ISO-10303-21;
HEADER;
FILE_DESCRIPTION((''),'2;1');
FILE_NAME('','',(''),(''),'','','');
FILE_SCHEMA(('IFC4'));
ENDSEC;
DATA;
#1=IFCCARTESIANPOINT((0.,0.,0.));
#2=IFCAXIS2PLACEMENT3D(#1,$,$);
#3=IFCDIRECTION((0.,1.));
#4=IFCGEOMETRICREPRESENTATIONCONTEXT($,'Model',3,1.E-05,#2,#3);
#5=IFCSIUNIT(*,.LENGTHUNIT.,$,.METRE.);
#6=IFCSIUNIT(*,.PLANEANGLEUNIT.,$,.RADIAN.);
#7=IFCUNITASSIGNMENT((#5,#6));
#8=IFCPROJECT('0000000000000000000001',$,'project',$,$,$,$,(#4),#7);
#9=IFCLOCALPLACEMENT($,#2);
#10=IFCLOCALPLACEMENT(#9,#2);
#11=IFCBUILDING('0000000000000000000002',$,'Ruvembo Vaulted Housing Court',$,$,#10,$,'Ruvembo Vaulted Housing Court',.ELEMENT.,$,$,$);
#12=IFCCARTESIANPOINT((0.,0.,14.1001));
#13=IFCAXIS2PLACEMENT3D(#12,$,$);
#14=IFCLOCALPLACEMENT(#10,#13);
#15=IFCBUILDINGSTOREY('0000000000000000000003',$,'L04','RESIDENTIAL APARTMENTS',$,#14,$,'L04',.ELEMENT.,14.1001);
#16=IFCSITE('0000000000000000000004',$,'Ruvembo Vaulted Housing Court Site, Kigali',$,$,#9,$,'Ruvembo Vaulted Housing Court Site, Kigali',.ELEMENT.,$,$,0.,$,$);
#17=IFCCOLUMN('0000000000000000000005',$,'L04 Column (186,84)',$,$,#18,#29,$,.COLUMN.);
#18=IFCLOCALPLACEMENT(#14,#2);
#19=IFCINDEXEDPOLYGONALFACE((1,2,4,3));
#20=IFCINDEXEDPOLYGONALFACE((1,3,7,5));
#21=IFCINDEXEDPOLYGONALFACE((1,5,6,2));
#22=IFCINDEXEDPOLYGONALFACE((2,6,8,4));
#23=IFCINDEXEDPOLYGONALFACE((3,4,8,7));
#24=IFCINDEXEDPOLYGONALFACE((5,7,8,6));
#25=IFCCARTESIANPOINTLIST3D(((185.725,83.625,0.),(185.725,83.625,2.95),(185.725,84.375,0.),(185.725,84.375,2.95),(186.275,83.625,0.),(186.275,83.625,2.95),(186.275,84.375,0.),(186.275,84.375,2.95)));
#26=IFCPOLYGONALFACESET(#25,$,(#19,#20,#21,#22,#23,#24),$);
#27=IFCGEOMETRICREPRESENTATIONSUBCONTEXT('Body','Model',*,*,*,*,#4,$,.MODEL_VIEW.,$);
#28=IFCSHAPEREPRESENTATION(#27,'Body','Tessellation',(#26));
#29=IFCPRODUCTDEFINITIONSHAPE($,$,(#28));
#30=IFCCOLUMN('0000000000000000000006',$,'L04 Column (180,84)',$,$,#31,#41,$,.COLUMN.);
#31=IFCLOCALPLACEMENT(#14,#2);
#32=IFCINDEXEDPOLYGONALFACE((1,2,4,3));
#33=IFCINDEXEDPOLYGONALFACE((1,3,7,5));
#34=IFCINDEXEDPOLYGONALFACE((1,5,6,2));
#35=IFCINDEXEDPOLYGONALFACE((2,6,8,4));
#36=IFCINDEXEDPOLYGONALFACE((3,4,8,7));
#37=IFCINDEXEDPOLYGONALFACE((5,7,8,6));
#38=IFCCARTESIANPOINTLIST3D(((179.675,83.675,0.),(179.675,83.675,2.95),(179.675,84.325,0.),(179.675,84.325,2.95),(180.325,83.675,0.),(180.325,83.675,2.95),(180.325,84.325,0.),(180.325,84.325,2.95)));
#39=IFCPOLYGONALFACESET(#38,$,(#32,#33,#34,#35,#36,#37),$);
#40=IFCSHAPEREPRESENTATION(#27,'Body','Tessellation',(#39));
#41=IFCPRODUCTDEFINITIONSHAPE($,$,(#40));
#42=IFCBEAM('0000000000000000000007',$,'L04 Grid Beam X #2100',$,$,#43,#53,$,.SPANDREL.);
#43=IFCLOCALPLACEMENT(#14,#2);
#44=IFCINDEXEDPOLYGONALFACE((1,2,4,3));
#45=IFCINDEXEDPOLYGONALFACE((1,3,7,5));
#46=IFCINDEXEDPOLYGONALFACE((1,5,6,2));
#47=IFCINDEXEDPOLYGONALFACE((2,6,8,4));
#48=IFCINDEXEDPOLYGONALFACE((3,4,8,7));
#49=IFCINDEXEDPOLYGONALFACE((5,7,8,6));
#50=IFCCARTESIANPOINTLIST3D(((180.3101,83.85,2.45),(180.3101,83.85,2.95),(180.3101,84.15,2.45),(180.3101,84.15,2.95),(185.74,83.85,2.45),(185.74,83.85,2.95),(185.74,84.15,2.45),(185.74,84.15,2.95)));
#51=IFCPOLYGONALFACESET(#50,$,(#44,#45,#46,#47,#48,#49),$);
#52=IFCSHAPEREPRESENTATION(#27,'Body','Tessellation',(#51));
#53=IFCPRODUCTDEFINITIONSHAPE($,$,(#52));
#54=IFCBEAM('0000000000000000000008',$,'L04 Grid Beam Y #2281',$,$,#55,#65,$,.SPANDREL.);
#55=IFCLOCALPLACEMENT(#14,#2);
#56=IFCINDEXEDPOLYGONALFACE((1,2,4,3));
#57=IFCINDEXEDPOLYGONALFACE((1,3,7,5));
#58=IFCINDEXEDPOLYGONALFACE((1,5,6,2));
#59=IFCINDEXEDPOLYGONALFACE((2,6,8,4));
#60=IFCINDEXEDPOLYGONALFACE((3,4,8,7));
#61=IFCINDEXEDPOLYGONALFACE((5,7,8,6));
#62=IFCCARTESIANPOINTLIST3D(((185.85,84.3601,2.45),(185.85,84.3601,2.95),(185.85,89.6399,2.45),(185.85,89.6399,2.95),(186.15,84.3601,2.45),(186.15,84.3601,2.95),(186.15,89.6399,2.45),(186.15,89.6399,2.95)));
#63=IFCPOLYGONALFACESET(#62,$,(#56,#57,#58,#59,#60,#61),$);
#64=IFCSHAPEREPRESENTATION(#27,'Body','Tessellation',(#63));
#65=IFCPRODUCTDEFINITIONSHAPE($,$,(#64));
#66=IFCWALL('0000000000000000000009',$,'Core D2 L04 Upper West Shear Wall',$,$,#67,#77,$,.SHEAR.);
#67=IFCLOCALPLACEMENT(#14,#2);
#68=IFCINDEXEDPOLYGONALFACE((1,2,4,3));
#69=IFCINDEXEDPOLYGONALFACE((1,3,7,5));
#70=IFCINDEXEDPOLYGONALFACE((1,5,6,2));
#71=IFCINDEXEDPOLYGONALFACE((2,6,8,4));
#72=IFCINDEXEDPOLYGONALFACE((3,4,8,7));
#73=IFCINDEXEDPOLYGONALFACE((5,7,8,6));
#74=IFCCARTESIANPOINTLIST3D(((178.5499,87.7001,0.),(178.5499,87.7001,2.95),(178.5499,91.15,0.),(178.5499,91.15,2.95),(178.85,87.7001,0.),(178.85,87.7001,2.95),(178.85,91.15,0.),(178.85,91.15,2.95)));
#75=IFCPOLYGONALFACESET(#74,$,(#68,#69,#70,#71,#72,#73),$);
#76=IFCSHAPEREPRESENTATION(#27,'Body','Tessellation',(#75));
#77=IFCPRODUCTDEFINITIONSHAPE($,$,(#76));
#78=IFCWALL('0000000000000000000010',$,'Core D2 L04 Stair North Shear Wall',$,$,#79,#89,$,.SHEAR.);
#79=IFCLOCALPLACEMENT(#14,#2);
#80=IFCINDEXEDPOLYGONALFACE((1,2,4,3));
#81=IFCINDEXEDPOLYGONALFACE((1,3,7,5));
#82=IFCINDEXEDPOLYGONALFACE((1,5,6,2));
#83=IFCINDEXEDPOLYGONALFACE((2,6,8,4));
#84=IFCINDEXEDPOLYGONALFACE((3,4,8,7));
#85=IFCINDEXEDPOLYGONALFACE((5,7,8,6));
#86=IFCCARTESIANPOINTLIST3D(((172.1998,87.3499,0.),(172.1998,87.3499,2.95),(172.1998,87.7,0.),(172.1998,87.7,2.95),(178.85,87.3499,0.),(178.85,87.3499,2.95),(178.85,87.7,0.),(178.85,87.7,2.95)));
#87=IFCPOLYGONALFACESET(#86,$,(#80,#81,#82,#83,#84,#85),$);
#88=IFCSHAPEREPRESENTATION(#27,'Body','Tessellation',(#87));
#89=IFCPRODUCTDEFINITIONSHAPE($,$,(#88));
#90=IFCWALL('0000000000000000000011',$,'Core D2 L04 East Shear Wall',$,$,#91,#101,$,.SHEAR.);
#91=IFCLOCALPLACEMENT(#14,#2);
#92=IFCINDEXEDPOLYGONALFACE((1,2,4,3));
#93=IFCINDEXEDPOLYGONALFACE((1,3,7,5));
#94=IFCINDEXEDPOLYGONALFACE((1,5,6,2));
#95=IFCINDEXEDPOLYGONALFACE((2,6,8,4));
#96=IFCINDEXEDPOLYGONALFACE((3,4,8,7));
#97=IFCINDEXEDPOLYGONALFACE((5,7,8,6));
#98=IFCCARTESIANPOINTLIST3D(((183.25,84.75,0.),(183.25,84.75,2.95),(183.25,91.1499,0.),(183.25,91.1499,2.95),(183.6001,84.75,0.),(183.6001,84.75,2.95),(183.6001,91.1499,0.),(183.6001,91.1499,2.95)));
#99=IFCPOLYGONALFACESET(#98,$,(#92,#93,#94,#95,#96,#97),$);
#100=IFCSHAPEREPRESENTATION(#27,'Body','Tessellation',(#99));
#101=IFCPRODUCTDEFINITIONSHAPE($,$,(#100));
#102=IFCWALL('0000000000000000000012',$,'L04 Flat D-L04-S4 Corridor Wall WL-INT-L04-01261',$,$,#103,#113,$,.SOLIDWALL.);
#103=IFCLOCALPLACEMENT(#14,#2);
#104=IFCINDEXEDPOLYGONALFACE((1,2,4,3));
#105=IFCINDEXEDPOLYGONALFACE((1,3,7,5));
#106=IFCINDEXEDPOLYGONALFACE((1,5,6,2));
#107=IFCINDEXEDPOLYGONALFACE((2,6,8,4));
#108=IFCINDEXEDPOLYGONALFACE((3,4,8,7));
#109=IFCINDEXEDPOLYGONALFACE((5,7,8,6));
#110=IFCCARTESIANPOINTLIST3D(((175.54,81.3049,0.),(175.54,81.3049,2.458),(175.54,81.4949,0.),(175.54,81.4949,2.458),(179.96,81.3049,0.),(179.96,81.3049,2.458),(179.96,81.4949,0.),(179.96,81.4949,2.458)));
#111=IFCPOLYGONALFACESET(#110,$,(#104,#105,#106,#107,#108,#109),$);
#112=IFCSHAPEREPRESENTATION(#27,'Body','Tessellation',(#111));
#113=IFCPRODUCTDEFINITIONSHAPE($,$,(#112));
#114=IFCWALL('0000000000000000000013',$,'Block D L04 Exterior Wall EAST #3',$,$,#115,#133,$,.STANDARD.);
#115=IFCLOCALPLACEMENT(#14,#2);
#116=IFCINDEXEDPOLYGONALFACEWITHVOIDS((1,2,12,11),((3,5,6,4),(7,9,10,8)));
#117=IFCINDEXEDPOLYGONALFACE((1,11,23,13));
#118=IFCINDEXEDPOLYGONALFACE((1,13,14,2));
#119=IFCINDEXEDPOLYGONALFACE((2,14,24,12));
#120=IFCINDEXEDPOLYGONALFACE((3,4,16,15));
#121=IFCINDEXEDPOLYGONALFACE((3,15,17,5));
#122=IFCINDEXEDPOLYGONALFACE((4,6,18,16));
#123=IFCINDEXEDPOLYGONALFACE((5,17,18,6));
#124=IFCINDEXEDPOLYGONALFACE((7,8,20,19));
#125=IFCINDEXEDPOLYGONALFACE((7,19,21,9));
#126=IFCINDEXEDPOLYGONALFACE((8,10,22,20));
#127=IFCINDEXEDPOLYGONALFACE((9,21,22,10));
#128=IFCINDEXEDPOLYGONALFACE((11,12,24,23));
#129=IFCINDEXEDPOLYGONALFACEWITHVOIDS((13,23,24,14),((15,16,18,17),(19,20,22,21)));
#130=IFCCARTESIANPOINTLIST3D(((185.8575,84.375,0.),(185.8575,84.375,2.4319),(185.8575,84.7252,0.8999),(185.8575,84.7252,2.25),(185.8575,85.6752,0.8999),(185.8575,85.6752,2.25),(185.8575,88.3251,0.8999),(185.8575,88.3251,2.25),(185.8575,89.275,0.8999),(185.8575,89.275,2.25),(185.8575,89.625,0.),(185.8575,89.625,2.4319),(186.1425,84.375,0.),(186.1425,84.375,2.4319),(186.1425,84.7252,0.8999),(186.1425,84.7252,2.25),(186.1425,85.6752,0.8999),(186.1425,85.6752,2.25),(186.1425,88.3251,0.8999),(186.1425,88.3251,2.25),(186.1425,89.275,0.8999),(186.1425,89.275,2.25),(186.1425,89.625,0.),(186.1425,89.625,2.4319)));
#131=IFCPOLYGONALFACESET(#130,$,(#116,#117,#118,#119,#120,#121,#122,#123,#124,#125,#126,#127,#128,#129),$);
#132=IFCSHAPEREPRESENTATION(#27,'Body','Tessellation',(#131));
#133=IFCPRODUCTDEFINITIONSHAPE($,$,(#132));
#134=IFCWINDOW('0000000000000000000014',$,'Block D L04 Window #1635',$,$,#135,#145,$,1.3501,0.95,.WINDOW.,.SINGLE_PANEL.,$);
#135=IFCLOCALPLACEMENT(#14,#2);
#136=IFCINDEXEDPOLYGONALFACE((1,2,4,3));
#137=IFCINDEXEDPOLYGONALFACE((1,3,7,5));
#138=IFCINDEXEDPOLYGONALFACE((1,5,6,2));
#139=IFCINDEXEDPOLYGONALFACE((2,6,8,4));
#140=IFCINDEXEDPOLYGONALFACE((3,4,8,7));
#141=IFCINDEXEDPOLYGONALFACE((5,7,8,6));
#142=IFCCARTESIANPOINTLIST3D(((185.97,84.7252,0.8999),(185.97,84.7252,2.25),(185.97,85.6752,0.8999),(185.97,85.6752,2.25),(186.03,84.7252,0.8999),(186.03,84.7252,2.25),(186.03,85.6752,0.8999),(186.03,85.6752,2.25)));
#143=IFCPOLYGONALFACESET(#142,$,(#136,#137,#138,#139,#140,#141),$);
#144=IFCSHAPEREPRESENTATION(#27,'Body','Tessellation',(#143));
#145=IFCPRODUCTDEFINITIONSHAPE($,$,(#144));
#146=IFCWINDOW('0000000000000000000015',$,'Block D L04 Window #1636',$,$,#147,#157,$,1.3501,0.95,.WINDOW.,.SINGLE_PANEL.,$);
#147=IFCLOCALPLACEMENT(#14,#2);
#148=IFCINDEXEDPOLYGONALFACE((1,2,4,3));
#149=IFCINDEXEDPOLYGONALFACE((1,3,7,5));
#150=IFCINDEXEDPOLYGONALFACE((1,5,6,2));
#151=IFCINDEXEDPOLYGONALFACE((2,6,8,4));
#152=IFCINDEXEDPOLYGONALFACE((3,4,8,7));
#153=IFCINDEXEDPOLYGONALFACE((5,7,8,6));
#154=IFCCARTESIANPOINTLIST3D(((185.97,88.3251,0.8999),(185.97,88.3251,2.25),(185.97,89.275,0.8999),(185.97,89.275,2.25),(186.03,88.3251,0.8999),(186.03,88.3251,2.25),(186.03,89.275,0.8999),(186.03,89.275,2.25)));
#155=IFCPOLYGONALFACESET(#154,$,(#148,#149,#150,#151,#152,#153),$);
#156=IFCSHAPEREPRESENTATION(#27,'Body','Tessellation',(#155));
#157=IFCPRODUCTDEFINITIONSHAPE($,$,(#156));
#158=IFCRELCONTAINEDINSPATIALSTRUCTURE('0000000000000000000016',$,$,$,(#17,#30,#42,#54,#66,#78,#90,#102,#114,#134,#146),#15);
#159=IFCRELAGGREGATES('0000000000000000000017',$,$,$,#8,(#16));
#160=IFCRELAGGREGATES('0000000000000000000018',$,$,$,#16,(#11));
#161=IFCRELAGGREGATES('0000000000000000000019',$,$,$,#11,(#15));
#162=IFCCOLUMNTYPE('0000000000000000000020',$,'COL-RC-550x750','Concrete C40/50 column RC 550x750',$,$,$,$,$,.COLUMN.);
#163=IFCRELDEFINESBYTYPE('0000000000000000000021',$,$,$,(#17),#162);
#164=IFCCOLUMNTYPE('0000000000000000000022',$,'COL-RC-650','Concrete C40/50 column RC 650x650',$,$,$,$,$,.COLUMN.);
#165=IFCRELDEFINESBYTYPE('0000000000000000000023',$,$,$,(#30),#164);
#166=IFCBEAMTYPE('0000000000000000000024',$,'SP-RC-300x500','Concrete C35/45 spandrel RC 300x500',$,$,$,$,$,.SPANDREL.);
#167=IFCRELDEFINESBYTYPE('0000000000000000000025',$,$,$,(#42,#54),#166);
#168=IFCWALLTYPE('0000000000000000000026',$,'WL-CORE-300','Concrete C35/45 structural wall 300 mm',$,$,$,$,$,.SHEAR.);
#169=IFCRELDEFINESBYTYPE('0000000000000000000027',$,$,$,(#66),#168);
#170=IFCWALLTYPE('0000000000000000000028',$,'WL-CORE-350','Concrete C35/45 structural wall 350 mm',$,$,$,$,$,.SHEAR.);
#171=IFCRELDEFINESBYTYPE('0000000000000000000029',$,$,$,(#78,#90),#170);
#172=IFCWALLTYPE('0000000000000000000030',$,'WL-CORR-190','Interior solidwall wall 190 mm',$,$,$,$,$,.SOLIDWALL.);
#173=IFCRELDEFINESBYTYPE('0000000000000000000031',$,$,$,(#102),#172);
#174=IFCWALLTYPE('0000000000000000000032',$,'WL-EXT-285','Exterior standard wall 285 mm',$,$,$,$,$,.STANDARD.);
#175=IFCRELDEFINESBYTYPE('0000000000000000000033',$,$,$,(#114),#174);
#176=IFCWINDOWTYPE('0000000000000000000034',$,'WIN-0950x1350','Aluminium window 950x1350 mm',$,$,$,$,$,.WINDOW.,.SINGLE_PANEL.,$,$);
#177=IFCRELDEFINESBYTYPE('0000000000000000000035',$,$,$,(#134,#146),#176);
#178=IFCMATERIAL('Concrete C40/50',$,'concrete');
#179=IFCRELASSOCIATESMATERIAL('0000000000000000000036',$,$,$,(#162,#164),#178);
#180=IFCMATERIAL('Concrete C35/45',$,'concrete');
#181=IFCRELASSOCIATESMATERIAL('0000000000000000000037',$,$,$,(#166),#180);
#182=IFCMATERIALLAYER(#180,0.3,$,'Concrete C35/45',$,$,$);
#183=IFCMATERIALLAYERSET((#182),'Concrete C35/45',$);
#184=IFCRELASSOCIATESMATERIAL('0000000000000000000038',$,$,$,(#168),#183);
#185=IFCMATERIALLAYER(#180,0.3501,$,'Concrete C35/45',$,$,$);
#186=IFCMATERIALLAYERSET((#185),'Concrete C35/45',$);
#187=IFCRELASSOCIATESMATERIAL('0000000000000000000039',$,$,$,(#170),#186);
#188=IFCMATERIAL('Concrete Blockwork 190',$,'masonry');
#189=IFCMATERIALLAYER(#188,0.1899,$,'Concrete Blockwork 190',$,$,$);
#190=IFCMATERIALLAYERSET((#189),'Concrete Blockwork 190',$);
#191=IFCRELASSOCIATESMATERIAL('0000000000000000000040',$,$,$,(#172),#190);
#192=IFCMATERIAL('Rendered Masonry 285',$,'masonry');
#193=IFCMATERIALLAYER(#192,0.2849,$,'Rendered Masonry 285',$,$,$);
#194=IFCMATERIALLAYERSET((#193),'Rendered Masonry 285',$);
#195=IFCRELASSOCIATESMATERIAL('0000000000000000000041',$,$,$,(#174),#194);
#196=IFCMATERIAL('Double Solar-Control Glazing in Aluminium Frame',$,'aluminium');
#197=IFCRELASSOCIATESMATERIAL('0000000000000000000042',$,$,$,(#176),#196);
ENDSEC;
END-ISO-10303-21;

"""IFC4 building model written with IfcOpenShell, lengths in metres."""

from ifc_helpers import new_model, si_unit, direction, frame, frame_2d, origin, origin_2d, place, context, subcontext, project, spatial, rectangle, extrude, material, layer, layer_set, material_profile, profile_set, type_object, element, fill, save


model = new_model("IFC4")

# Units and contexts
model_context = context("Model", 3, precision=1e-05, world=origin(), true_north=direction((0.0, 1.0)))
body_context = subcontext(model_context, "Body", "Model", "MODEL_VIEW")
ifc_project = project(units=[si_unit("LENGTHUNIT", "METRE"), si_unit("PLANEANGLEUNIT", "RADIAN")], contexts=[model_context])

# Site, building, storey
site_placement = place(None, origin())
site = spatial("IfcSite", under=ifc_project, at=site_placement, Name="Ruvembo Vaulted Housing Court Site, Kigali", LongName="Ruvembo Vaulted Housing Court Site, Kigali", CompositionType="ELEMENT", RefElevation=0.0)
building_placement = place(site_placement, origin())
building = spatial("IfcBuilding", under=site, at=building_placement, Name="Ruvembo Vaulted Housing Court", LongName="Ruvembo Vaulted Housing Court", CompositionType="ELEMENT")
storey_placement = place(building_placement, frame((0.0, 0.0, 14.1001)))
storey = spatial("IfcBuildingStorey", under=building, at=storey_placement, Name="L04", Description="RESIDENTIAL APARTMENTS", LongName="L04", CompositionType="ELEMENT", Elevation=14.1001)

# Columns
ifc_material_1 = material(Name="Concrete C40/50", Category="concrete")
ifc_material_profile_1 = material_profile(ifc_material_1, rectangle(XDim=0.55, YDim=0.75, at=origin_2d()), Name="RC 550x750")
ifc_profile_set_1 = profile_set([ifc_material_profile_1], Name="Concrete C40/50")
column_type_1 = type_object("IfcColumnType", Name="COL-RC-550x750", Description="Concrete C40/50 column RC 550x750", PredefinedType="COLUMN", material=ifc_profile_set_1)
column_1_placement = place(storey_placement, frame((186.0, 84.0, 0.0), z_axis=(0.0, 0.0, 1.0), x_axis=(1.0, 0.0, 0.0)))
element("IfcColumn", 1, at=column_1_placement, inside=storey, type_object=column_type_1, Name="L04 Column (186,84)", PredefinedType="COLUMN", context=body_context, shape_type="SweptSolid", body=[
    extrude(rectangle(XDim=0.55, YDim=0.75, at=origin_2d()), origin(), (0.0, 0.0, 1.0), 2.95),
])
ifc_material_profile_2 = material_profile(ifc_material_1, rectangle(XDim=0.6499, YDim=0.6499, at=origin_2d()), Name="RC 650x650")
ifc_profile_set_2 = profile_set([ifc_material_profile_2], Name="Concrete C40/50")
column_type_2 = type_object("IfcColumnType", Name="COL-RC-650", Description="Concrete C40/50 column RC 650x650", PredefinedType="COLUMN", material=ifc_profile_set_2)
column_2_placement = place(storey_placement, frame((180.0, 84.0, 0.0), z_axis=(0.0, 0.0, 1.0), x_axis=(1.0, 0.0, 0.0)))
element("IfcColumn", 2, at=column_2_placement, inside=storey, type_object=column_type_2, Name="L04 Column (180,84)", PredefinedType="COLUMN", context=body_context, shape_type="SweptSolid", body=[
    extrude(rectangle(XDim=0.6499, YDim=0.6499, at=origin_2d()), origin(), (0.0, 0.0, 1.0), 2.95),
])

# Beams
ifc_material_2 = material(Name="Concrete C35/45", Category="concrete")
ifc_material_profile_3 = material_profile(ifc_material_2, rectangle(XDim=0.3, YDim=0.5, at=origin_2d()), Name="RC 300x500")
ifc_profile_set_3 = profile_set([ifc_material_profile_3], Name="Concrete C35/45")
beam_type = type_object("IfcBeamType", Name="SP-RC-300x500", Description="Concrete C35/45 spandrel RC 300x500", PredefinedType="SPANDREL", material=ifc_profile_set_3)
beam_1_placement = place(storey_placement, frame((180.3101, 84.0, 2.7), z_axis=(1.0, 0.0, 0.0), x_axis=(0.0, 1.0, 0.0)))
element("IfcBeam", 3, at=beam_1_placement, inside=storey, type_object=beam_type, Name="L04 Grid Beam X #2100", PredefinedType="SPANDREL", context=body_context, shape_type="SweptSolid", body=[
    extrude(rectangle(XDim=0.3, YDim=0.5, at=origin_2d()), origin(), (0.0, 0.0, 1.0), 5.4299),
])
beam_2_placement = place(storey_placement, frame((186.0, 84.3601, 2.7), z_axis=(0.0, 1.0, 0.0), x_axis=(-1.0, 0.0, 0.0)))
element("IfcBeam", 4, at=beam_2_placement, inside=storey, type_object=beam_type, Name="L04 Grid Beam Y #2281", PredefinedType="SPANDREL", context=body_context, shape_type="SweptSolid", body=[
    extrude(rectangle(XDim=0.3, YDim=0.5, at=origin_2d()), origin(), (0.0, 0.0, 1.0), 5.2798),
])

# Shared definitions
ifc_layer_1 = layer(ifc_material_2, 0.3, Name="Concrete C35/45")
ifc_layer_set_1 = layer_set([ifc_layer_1], Name="Concrete C35/45")
wall_type_1 = type_object("IfcWallType", Name="WL-CORE-300", Description="Concrete C35/45 structural wall 300 mm", PredefinedType="SHEAR", material=ifc_layer_set_1)

# Walls
wall_1_placement = place(storey_placement, frame((178.7, 87.7, 0.0), z_axis=(0.0, 0.0, 1.0), x_axis=(0.0, 1.0, 0.0)))
element("IfcWall", 5, at=wall_1_placement, inside=storey, type_object=wall_type_1, Name="Core D2 L04 Upper West Shear Wall", PredefinedType="SHEAR", context=body_context, shape_type="SweptSolid", body=[
    extrude(rectangle(XDim=3.45, YDim=0.3, at=frame_2d((1.7251, 0.0))), origin(), (0.0, 0.0, 1.0), 2.95),
])
ifc_layer_2 = layer(ifc_material_2, 0.3501, Name="Concrete C35/45")
ifc_layer_set_2 = layer_set([ifc_layer_2], Name="Concrete C35/45")
wall_type_2 = type_object("IfcWallType", Name="WL-CORE-350", Description="Concrete C35/45 structural wall 350 mm", PredefinedType="SHEAR", material=ifc_layer_set_2)
wall_2_placement = place(storey_placement, frame((178.8501, 87.5249, 0.0), z_axis=(0.0, 0.0, 1.0), x_axis=(-1.0, 0.0, 0.0)))
element("IfcWall", 6, at=wall_2_placement, inside=storey, type_object=wall_type_2, Name="Core D2 L04 Stair North Shear Wall", PredefinedType="SHEAR", context=body_context, shape_type="SweptSolid", body=[
    extrude(rectangle(XDim=6.6501, YDim=0.3501, at=frame_2d((3.3252, 0.0))), origin(), (0.0, 0.0, 1.0), 2.95),
])
wall_3_placement = place(storey_placement, frame((183.425, 84.75, 0.0), z_axis=(0.0, 0.0, 1.0), x_axis=(0.0, 1.0, 0.0)))
element("IfcWall", 7, at=wall_3_placement, inside=storey, type_object=wall_type_2, Name="Core D2 L04 East Shear Wall", PredefinedType="SHEAR", context=body_context, shape_type="SweptSolid", body=[
    extrude(rectangle(XDim=6.3999, YDim=0.3501, at=frame_2d((3.2, 0.0))), origin(), (0.0, 0.0, 1.0), 2.95),
])
ifc_material_3 = material(Name="Concrete Blockwork 190", Category="masonry")
ifc_layer_3 = layer(ifc_material_3, 0.1899, Name="Concrete Blockwork 190")
ifc_layer_set_3 = layer_set([ifc_layer_3], Name="Concrete Blockwork 190")
wall_type_3 = type_object("IfcWallType", Name="WL-CORR-190", Description="Interior solidwall wall 190 mm", PredefinedType="SOLIDWALL", material=ifc_layer_set_3)
wall_4_placement = place(storey_placement, frame((175.54, 81.3999, 0.0), z_axis=(0.0, 0.0, 1.0), x_axis=(1.0, 0.0, 0.0)))
element("IfcWall", 8, at=wall_4_placement, inside=storey, type_object=wall_type_3, Name="L04 Flat D-L04-S4 Corridor Wall WL-INT-L04-01261", PredefinedType="SOLIDWALL", context=body_context, shape_type="SweptSolid", body=[
    extrude(rectangle(XDim=4.4199, YDim=0.1899, at=frame_2d((2.21, 0.0))), origin(), (0.0, 0.0, 1.0), 2.458),
])

# Wall, openings, windows
ifc_material_4 = material(Name="Rendered Masonry 285", Category="masonry")
ifc_layer_4 = layer(ifc_material_4, 0.2849, Name="Rendered Masonry 285")
ifc_layer_set_4 = layer_set([ifc_layer_4], Name="Rendered Masonry 285")
wall_type_4 = type_object("IfcWallType", Name="WL-EXT-285", Description="Exterior standard wall 285 mm", PredefinedType="STANDARD", material=ifc_layer_set_4)
wall_5_placement = place(storey_placement, frame((186.0, 84.375, 0.0), z_axis=(0.0, 0.0, 1.0), x_axis=(0.0, 1.0, 0.0)))
wall_5 = element("IfcWall", 9, at=wall_5_placement, inside=storey, type_object=wall_type_4, Name="Block D L04 Exterior Wall EAST #3", PredefinedType="STANDARD", context=body_context, shape_type="SweptSolid", body=[
    extrude(rectangle(XDim=5.25, YDim=0.2849, at=frame_2d((2.625, 0.0))), origin(), (0.0, 0.0, 1.0), 2.4319),
])
opening_1_placement = place(wall_5_placement, frame((0.3501, 0.0, 0.8999)))
opening_1 = element("IfcOpeningElement", 10, at=opening_1_placement, cuts=wall_5, PredefinedType="OPENING", context=body_context, shape_type="SweptSolid", body=[
    extrude(rectangle(XDim=0.95, YDim=1.3501, at=frame_2d((0.4751, 0.675))), frame((0.0, 0.1523, 0.0), z_axis=(0.0, -1.0, 0.0), x_axis=(1.0, 0.0, 0.0)), (0.0, 0.0, 1.0), 0.3049),
])
opening_2_placement = place(wall_5_placement, frame((3.95, 0.0, 0.8999)))
opening_2 = element("IfcOpeningElement", 11, at=opening_2_placement, cuts=wall_5, PredefinedType="OPENING", context=body_context, shape_type="SweptSolid", body=[
    extrude(rectangle(XDim=0.95, YDim=1.3501, at=frame_2d((0.4751, 0.675))), frame((0.0, 0.1523, 0.0), z_axis=(0.0, -1.0, 0.0), x_axis=(1.0, 0.0, 0.0)), (0.0, 0.0, 1.0), 0.3049),
])
ifc_material_5 = material(Name="Double Solar-Control Glazing in Aluminium Frame", Category="aluminium")
window_type = type_object("IfcWindowType", Name="WIN-0950x1350", Description="Aluminium window 950x1350 mm", PartitioningType="SINGLE_PANEL", PredefinedType="WINDOW", material=ifc_material_5)
window_1_placement = place(opening_1_placement, origin())
window_1 = element("IfcWindow", 12, at=window_1_placement, inside=storey, type_object=window_type, Name="Block D L04 Window #1635", OverallHeight=1.3501, OverallWidth=0.95, PartitioningType="SINGLE_PANEL", PredefinedType="WINDOW", context=body_context, shape_type="SweptSolid", body=[
    extrude(rectangle(XDim=0.95, YDim=1.3501, at=frame_2d((0.4751, 0.675))), frame((0.0, 0.03, 0.0), z_axis=(0.0, -1.0, 0.0), x_axis=(1.0, 0.0, 0.0)), (0.0, 0.0, 1.0), 0.0601),
])
fill(opening_1, window_1)
window_2_placement = place(opening_2_placement, origin())
window_2 = element("IfcWindow", 13, at=window_2_placement, inside=storey, type_object=window_type, Name="Block D L04 Window #1636", OverallHeight=1.3501, OverallWidth=0.95, PartitioningType="SINGLE_PANEL", PredefinedType="WINDOW", context=body_context, shape_type="SweptSolid", body=[
    extrude(rectangle(XDim=0.95, YDim=1.3501, at=frame_2d((0.4751, 0.675))), frame((0.0, 0.03, 0.0), z_axis=(0.0, -1.0, 0.0), x_axis=(1.0, 0.0, 0.0)), (0.0, 0.0, 1.0), 0.0601),
])
fill(opening_2, window_2)

save(model, "model.ifc")
